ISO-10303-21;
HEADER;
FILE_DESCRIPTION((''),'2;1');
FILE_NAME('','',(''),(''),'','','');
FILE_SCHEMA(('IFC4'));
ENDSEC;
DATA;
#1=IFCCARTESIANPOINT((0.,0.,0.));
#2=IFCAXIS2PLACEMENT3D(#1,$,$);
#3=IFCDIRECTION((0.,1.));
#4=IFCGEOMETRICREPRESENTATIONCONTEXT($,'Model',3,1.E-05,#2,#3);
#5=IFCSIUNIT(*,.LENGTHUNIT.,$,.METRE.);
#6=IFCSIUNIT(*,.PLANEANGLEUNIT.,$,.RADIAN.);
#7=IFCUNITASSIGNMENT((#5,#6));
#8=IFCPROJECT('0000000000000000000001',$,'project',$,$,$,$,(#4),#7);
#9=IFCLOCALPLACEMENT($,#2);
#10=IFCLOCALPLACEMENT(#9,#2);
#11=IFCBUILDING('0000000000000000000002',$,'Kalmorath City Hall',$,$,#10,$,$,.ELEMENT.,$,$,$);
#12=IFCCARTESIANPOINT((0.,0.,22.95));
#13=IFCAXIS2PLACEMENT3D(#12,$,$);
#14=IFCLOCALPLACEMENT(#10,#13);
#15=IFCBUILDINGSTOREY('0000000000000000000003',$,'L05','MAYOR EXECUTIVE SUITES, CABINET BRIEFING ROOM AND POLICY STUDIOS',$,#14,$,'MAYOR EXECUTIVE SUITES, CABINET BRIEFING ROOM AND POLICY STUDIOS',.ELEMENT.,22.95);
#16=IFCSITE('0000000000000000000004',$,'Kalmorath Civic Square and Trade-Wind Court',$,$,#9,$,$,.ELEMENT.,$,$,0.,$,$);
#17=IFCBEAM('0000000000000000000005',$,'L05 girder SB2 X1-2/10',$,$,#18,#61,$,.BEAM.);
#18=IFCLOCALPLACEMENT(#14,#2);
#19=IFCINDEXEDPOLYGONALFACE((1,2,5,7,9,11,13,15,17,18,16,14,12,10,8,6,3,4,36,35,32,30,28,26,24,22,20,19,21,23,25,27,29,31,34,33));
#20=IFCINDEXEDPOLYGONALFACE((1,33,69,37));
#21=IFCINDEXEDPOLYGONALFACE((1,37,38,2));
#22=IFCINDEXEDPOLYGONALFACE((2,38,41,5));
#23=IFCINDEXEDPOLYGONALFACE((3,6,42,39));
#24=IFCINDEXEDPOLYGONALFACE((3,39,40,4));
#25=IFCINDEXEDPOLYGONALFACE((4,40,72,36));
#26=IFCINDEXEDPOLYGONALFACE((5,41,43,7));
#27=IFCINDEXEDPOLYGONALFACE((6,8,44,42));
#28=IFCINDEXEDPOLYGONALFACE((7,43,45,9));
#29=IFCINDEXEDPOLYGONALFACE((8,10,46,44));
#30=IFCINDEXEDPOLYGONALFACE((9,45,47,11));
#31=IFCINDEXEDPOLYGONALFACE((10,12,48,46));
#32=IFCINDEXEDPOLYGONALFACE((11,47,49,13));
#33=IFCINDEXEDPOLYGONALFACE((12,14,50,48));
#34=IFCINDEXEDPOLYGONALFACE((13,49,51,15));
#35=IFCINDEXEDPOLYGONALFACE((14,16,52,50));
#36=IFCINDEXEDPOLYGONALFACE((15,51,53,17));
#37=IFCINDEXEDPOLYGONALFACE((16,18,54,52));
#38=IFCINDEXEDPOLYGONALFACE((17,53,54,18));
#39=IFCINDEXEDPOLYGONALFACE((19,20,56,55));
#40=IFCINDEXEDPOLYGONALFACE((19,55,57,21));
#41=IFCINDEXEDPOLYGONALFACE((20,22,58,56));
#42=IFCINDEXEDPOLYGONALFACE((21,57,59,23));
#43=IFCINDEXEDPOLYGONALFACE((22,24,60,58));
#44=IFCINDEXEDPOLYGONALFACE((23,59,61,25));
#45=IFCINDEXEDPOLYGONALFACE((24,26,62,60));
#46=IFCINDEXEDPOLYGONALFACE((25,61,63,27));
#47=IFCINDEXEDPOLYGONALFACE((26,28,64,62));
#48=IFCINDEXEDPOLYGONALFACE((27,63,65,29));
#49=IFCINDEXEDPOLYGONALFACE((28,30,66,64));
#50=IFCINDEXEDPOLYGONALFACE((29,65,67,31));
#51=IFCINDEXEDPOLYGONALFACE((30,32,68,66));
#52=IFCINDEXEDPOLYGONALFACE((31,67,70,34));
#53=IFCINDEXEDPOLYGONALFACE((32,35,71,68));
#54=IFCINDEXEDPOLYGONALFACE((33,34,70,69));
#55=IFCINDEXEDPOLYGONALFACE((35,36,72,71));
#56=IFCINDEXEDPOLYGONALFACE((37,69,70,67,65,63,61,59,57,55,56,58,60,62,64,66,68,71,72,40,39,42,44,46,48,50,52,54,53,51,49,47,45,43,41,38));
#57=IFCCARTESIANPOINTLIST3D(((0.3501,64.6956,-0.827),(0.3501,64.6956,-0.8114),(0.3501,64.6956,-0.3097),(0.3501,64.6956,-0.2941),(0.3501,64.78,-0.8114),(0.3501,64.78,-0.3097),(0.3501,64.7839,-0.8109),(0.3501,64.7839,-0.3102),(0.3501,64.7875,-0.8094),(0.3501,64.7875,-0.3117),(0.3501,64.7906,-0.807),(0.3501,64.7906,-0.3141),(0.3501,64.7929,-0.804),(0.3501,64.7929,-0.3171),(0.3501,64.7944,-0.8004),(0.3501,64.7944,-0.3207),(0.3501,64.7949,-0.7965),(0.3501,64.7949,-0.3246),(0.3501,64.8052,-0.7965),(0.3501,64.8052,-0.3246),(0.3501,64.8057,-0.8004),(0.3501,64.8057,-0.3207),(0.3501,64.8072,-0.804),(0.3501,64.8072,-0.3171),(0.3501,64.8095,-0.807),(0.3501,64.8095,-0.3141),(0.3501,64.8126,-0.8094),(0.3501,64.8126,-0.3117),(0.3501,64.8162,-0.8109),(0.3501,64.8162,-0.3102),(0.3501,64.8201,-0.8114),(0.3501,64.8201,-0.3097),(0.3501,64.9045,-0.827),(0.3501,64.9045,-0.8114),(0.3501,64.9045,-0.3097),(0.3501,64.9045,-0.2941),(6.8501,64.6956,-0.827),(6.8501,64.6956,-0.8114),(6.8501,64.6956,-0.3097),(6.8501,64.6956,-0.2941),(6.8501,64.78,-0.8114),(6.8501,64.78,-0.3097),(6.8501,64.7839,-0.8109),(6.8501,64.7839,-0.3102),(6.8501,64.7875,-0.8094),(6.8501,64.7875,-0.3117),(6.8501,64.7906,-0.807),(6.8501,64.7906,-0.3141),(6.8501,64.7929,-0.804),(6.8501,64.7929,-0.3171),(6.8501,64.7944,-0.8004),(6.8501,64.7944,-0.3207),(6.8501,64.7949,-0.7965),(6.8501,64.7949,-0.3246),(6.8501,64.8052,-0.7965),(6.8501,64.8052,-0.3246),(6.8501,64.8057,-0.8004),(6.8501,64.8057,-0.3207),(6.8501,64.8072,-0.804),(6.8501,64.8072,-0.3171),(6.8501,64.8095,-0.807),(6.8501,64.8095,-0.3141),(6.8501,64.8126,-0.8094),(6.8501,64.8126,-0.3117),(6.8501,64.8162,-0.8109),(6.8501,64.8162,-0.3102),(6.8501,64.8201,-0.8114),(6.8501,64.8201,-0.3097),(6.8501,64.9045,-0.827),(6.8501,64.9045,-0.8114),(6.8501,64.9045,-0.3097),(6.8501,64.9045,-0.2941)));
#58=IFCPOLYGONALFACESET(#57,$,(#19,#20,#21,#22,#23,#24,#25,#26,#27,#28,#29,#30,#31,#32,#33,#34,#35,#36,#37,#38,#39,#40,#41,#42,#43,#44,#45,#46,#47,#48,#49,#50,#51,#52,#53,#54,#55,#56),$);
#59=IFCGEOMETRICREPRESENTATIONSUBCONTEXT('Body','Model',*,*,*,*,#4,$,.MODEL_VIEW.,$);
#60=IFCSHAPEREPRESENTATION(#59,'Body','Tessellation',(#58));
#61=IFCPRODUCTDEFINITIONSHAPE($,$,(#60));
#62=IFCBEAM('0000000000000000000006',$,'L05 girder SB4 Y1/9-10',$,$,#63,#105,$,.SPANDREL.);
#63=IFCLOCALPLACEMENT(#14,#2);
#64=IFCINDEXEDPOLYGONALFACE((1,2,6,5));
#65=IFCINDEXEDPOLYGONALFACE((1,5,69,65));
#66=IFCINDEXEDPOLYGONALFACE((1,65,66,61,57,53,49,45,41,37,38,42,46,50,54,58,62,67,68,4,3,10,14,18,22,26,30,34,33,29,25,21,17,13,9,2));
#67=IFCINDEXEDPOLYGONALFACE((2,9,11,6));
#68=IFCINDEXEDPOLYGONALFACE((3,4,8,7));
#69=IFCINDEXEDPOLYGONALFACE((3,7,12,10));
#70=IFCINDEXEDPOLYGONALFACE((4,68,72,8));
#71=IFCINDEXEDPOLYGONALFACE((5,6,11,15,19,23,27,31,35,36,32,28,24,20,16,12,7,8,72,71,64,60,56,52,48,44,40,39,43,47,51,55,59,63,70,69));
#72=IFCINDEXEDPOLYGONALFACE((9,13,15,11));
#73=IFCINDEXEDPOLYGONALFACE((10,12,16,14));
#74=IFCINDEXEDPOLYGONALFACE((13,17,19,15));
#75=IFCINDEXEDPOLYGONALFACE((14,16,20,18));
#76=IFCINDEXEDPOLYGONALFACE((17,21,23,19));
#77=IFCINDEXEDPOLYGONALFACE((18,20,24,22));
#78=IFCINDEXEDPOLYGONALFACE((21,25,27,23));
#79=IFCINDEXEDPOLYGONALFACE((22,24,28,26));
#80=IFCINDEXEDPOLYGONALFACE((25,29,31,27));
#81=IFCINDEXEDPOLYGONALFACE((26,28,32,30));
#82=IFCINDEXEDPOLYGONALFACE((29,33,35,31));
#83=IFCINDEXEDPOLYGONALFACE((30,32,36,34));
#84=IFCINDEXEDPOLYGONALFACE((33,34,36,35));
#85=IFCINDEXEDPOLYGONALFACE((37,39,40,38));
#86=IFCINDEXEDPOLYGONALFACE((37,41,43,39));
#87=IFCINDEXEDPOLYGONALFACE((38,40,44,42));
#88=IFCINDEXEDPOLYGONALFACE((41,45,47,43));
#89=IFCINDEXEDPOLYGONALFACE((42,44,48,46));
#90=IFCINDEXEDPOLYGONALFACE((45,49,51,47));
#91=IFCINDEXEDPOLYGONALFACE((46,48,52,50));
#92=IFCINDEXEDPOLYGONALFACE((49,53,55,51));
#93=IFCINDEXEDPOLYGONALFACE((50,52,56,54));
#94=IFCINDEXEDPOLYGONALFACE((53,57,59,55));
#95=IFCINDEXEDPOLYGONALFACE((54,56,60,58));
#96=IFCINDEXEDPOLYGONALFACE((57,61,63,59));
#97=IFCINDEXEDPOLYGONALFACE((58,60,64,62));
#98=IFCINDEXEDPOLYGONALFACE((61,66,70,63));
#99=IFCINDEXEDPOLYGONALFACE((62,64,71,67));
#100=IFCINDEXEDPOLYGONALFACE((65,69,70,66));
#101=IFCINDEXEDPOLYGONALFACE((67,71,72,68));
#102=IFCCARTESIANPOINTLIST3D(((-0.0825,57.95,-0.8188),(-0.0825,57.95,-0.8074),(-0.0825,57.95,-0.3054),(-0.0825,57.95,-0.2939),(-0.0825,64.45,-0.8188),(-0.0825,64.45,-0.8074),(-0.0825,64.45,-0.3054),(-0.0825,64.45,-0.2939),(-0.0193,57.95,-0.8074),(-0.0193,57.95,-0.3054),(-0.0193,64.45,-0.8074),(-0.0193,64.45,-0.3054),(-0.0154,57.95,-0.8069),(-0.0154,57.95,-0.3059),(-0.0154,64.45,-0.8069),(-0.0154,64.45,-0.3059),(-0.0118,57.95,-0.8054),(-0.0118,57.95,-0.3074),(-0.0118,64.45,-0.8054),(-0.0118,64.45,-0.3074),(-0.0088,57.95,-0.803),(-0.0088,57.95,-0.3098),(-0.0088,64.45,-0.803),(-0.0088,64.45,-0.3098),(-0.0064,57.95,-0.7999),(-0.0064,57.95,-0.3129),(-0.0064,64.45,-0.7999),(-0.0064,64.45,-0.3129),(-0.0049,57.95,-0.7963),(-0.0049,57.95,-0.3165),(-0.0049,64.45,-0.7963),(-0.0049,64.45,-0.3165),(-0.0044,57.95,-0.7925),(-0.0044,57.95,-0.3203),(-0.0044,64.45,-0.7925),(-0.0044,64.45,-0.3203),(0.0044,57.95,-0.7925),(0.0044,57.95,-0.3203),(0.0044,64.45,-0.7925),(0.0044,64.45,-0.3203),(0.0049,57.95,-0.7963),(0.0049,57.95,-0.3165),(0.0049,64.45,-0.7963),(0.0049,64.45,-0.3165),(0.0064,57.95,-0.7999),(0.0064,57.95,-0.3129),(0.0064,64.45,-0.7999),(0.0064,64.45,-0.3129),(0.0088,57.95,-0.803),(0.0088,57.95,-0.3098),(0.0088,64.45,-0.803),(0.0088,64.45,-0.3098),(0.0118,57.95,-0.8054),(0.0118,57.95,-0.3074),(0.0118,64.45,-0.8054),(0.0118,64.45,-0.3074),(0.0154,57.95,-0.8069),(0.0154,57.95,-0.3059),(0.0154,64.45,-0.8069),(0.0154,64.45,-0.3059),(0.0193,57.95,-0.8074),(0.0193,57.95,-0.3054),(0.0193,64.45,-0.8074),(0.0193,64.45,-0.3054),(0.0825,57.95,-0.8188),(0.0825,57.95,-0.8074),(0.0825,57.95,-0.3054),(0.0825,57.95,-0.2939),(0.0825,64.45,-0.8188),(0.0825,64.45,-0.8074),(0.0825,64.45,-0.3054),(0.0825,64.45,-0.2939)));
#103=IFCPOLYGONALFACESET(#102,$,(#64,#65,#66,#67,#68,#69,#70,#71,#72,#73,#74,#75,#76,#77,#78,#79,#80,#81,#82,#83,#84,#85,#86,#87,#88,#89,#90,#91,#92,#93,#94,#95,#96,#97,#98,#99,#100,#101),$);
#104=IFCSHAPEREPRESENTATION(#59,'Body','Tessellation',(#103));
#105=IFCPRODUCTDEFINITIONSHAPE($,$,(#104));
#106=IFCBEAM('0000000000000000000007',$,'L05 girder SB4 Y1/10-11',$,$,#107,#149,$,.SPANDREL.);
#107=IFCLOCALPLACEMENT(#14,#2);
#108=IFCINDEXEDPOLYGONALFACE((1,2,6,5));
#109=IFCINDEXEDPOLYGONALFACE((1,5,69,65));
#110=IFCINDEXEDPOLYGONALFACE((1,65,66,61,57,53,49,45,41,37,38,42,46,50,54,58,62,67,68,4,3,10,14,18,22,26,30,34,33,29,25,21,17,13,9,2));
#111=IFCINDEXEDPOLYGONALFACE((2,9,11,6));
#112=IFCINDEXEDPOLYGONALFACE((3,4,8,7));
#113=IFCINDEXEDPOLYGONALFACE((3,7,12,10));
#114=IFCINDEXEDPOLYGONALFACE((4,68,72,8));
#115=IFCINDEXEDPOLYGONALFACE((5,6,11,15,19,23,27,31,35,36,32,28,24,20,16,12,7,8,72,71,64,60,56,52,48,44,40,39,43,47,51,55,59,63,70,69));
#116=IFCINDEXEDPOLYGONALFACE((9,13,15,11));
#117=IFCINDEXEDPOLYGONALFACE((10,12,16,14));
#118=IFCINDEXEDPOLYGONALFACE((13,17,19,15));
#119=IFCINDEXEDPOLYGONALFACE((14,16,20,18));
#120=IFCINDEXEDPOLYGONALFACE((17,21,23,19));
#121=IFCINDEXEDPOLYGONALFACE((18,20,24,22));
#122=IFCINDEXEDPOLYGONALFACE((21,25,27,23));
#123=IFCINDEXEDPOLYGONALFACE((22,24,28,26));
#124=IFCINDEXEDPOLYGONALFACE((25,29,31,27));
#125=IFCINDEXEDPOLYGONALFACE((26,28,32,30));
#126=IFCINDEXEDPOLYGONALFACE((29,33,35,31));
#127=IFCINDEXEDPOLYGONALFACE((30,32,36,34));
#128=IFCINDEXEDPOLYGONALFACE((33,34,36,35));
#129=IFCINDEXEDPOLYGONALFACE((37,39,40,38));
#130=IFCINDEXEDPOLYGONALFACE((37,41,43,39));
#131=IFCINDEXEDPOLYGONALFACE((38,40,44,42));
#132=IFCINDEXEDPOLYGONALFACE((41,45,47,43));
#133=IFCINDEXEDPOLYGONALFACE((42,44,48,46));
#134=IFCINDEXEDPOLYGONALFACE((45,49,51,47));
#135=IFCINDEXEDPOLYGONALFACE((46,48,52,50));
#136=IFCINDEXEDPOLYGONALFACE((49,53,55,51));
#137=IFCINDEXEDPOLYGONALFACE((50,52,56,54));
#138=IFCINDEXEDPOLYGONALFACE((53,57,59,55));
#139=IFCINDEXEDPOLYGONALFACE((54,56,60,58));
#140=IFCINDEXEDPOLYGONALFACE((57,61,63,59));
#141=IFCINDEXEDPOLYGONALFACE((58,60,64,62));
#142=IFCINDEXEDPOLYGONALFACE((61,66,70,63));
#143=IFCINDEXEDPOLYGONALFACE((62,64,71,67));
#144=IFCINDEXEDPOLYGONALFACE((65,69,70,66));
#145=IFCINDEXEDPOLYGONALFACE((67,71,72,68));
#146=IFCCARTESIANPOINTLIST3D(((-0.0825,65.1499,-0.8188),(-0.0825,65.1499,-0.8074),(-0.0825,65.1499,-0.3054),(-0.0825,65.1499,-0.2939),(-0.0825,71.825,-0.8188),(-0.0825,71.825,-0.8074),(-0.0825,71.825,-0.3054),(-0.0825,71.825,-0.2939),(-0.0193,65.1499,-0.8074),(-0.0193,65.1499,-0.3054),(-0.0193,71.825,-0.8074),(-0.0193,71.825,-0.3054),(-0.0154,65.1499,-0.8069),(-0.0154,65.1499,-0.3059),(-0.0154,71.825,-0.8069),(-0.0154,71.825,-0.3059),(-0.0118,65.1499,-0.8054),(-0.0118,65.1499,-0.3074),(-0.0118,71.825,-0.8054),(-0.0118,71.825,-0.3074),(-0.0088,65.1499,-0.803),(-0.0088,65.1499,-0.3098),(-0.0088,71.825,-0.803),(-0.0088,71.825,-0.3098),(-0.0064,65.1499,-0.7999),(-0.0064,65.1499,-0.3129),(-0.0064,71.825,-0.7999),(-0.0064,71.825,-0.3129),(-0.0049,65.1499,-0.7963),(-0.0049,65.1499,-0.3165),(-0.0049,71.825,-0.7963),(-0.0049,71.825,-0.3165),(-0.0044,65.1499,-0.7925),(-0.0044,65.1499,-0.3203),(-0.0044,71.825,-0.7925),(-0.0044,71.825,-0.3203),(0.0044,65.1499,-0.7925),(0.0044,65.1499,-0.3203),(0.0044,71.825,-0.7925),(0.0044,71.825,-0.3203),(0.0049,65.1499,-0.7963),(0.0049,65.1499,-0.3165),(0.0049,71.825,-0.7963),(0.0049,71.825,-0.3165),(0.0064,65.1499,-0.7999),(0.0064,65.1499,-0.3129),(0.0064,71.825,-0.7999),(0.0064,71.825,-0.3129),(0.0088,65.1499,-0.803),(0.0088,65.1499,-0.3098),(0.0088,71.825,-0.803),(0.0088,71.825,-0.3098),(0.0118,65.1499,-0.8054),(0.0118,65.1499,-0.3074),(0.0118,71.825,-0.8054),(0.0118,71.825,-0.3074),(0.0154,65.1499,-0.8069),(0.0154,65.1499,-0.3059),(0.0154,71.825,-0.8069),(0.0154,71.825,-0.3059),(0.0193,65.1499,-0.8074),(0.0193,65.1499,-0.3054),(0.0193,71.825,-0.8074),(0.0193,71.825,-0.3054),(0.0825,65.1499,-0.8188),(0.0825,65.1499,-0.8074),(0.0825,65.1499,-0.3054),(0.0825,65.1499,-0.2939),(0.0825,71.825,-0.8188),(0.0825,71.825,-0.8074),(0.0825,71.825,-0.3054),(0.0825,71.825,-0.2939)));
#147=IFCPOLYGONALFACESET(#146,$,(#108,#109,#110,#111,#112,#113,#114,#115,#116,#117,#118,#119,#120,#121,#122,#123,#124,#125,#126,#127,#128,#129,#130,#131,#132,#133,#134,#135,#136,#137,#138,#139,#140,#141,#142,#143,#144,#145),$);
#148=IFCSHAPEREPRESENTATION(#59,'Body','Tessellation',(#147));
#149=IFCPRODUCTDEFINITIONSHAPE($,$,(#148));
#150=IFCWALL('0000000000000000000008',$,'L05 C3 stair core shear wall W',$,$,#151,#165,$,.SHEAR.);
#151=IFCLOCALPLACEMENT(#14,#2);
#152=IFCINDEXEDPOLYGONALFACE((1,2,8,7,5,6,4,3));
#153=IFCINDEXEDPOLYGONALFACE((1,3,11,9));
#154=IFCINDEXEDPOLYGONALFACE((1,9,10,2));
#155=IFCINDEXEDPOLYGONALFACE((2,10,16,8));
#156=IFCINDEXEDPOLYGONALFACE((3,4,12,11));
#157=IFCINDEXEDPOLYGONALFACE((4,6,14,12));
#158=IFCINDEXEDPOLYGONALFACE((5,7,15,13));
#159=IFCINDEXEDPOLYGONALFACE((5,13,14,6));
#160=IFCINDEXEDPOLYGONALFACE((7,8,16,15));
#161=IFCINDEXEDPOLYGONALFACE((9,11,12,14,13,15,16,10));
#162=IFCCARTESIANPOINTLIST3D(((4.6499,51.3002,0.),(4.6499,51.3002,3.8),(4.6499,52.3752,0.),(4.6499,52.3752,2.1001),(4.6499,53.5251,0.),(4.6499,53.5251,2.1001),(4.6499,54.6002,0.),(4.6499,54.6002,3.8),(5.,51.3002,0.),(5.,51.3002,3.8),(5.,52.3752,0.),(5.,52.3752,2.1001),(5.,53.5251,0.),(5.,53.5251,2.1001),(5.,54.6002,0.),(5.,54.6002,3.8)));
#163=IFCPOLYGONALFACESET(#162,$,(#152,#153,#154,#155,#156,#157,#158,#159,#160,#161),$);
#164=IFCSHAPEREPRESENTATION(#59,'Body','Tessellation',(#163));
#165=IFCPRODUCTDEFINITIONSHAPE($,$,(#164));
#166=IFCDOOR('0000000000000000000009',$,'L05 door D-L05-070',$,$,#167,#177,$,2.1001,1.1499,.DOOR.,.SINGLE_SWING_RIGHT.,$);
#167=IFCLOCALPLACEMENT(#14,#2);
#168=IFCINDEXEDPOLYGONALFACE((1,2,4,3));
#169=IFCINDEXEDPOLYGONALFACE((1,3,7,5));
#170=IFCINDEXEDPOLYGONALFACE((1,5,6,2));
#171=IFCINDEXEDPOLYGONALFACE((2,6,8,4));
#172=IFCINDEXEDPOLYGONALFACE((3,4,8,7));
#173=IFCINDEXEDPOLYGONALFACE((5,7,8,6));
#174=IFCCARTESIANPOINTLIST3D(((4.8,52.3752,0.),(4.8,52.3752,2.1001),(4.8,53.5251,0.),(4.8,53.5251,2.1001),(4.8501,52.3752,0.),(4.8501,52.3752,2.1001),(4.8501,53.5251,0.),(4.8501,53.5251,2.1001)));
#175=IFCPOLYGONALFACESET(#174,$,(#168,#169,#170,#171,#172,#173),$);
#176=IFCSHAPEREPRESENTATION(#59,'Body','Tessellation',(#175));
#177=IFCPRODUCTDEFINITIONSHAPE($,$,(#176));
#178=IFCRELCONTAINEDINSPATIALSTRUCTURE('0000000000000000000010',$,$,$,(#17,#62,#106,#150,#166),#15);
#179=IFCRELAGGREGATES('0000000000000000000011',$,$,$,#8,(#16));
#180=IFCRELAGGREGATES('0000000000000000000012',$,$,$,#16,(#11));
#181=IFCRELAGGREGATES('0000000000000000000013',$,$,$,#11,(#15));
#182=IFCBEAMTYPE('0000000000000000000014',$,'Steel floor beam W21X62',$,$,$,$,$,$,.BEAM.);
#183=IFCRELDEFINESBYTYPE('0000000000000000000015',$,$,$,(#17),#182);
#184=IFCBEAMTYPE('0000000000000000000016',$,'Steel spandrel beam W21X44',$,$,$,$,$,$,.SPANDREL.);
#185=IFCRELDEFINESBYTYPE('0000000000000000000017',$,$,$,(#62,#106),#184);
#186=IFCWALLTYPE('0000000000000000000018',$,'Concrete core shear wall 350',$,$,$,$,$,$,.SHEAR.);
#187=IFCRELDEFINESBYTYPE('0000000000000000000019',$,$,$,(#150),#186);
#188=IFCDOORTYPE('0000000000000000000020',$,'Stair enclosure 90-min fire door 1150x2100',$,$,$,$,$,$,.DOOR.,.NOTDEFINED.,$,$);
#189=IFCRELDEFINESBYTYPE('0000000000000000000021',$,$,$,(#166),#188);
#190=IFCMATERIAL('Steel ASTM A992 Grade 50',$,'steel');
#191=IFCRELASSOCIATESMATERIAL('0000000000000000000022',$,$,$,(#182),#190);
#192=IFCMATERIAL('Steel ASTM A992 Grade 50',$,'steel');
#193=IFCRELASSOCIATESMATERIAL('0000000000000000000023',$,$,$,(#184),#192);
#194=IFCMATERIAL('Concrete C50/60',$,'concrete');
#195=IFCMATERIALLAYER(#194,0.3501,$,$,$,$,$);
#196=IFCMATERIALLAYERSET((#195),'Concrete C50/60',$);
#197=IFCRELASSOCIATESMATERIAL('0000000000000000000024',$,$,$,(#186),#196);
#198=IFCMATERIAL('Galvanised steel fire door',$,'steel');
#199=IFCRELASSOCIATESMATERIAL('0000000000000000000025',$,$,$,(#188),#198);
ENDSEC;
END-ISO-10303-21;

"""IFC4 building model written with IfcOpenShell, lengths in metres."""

from ifc_helpers import new_model, si_unit, direction, frame, frame_2d, origin, origin_2d, place, context, subcontext, project, spatial, rectangle, i_section, extrude, material, layer, layer_set, material_profile, profile_set, type_object, element, fill, save


model = new_model("IFC4")

# Units and contexts
model_context = context("Model", 3, precision=1e-05, world=origin(), true_north=direction((0.0, 1.0)))
body_context = subcontext(model_context, "Body", "Model", "MODEL_VIEW")
ifc_project = project(units=[si_unit("LENGTHUNIT", "METRE"), si_unit("PLANEANGLEUNIT", "RADIAN")], contexts=[model_context])

# Site, building, storey
site_placement = place(None, origin())
site = spatial("IfcSite", under=ifc_project, at=site_placement, Name="Kalmorath Civic Square and Trade-Wind Court", CompositionType="ELEMENT", RefElevation=0.0)
building_placement = place(site_placement, origin())
building = spatial("IfcBuilding", under=site, at=building_placement, Name="Kalmorath City Hall", CompositionType="ELEMENT")
storey_placement = place(building_placement, frame((0.0, 0.0, 22.95)))
storey = spatial("IfcBuildingStorey", under=building, at=storey_placement, Name="L05", Description="MAYOR EXECUTIVE SUITES, CABINET BRIEFING ROOM AND POLICY STUDIOS", LongName="MAYOR EXECUTIVE SUITES, CABINET BRIEFING ROOM AND POLICY STUDIOS", CompositionType="ELEMENT", Elevation=22.95)

# Beams
ifc_material_1 = material(Name="Steel ASTM A992 Grade 50", Category="steel")
ifc_material_profile_1 = material_profile(ifc_material_1, i_section(OverallWidth=0.209, OverallDepth=0.533, WebThickness=0.0103, FlangeThickness=0.0156, FilletRadius=0.0149, at=origin_2d()), Name="W21X62")
ifc_profile_set_1 = profile_set([ifc_material_profile_1], Name="Steel ASTM A992 Grade 50")
beam_type_1 = type_object("IfcBeamType", Name="Steel floor beam W21X62", PredefinedType="BEAM", material=ifc_profile_set_1)
for number, where, z_axis, x_axis, name in (
    (1, (0.3501, 64.8, -0.5605), (1.0, 0.0, 0.0), (0.0, 1.0, 0.0), "L05 girder SB2 X1-2/10"),
):
    element("IfcBeam", number, at=place(storey_placement, frame(where, z_axis=z_axis, x_axis=x_axis)), inside=storey, type_object=beam_type_1, Name=name, PredefinedType="BEAM", context=body_context, shape_type="SweptSolid", body=[
        extrude(i_section(OverallWidth=0.209, OverallDepth=0.533, WebThickness=0.0103, FlangeThickness=0.0156, FilletRadius=0.0149, at=origin_2d()), origin(), (0.0, 0.0, 1.0), 6.5),
    ])
ifc_material_2 = material(Name="Steel ASTM A992 Grade 50", Category="steel")
ifc_material_profile_2 = material_profile(ifc_material_2, i_section(OverallWidth=0.165, OverallDepth=0.5249, WebThickness=0.0088, FlangeThickness=0.0115, FilletRadius=0.0149, at=origin_2d()), Name="W21X44")
ifc_profile_set_2 = profile_set([ifc_material_profile_2], Name="Steel ASTM A992 Grade 50")
beam_type_2 = type_object("IfcBeamType", Name="Steel spandrel beam W21X44", PredefinedType="SPANDREL", material=ifc_profile_set_2)
beam_1_placement = place(storey_placement, frame((0.0, 57.95, -0.5564), z_axis=(0.0, 1.0, 0.0), x_axis=(-1.0, 0.0, 0.0)))
element("IfcBeam", 2, at=beam_1_placement, inside=storey, type_object=beam_type_2, Name="L05 girder SB4 Y1/9-10", PredefinedType="SPANDREL", context=body_context, shape_type="SweptSolid", body=[
    extrude(i_section(OverallWidth=0.165, OverallDepth=0.5249, WebThickness=0.0088, FlangeThickness=0.0115, FilletRadius=0.0149, at=origin_2d()), origin(), (0.0, 0.0, 1.0), 6.5),
])
beam_2_placement = place(storey_placement, frame((0.0, 65.1499, -0.5564), z_axis=(0.0, 1.0, 0.0), x_axis=(-1.0, 0.0, 0.0)))
element("IfcBeam", 3, at=beam_2_placement, inside=storey, type_object=beam_type_2, Name="L05 girder SB4 Y1/10-11", PredefinedType="SPANDREL", context=body_context, shape_type="SweptSolid", body=[
    extrude(i_section(OverallWidth=0.165, OverallDepth=0.5249, WebThickness=0.0088, FlangeThickness=0.0115, FilletRadius=0.0149, at=origin_2d()), origin(), (0.0, 0.0, 1.0), 6.675),
])

# Wall, opening, door
ifc_material_3 = material(Name="Concrete C50/60", Category="concrete")
ifc_layer_1 = layer(ifc_material_3, 0.3501)
ifc_layer_set_1 = layer_set([ifc_layer_1], Name="Concrete C50/60")
wall_type_1 = type_object("IfcWallType", Name="Concrete core shear wall 350", PredefinedType="SHEAR", material=ifc_layer_set_1)
wall_1_placement = place(storey_placement, frame((4.825, 54.6001, 0.0), z_axis=(0.0, 0.0, 1.0), x_axis=(0.0, -1.0, 0.0)))
wall_1 = element("IfcWall", 4, at=wall_1_placement, inside=storey, type_object=wall_type_1, Name="L05 C3 stair core shear wall W", PredefinedType="SHEAR", context=body_context, shape_type="SweptSolid", body=[
    extrude(rectangle(XDim=3.3, YDim=0.3501, at=frame_2d((1.6499, 0.0))), origin(), (0.0, 0.0, 1.0), 3.8),
])
opening_1_placement = place(wall_1_placement, frame((1.075, 0.0, 0.0)))
opening_1 = element("IfcOpeningElement", 5, at=opening_1_placement, cuts=wall_1, PredefinedType="OPENING", context=body_context, shape_type="SweptSolid", body=[
    extrude(rectangle(XDim=1.1499, YDim=2.1001, at=frame_2d((0.575, 1.05))), frame((0.0, 0.1851, 0.0), z_axis=(0.0, -1.0, 0.0), x_axis=(1.0, 0.0, 0.0)), (0.0, 0.0, 1.0), 0.3701),
])
ifc_material_4 = material(Name="Galvanised steel fire door", Category="steel")
door_type = type_object("IfcDoorType", Name="Stair enclosure 90-min fire door 1150x2100", OperationType="NOTDEFINED", PredefinedType="DOOR", material=ifc_material_4)
door_placement = place(opening_1_placement, frame((1.1499, 0.0, 0.0), z_axis=(0.0, 0.0, 1.0), x_axis=(-1.0, 0.0, 0.0)))
door = element("IfcDoor", 6, at=door_placement, inside=storey, type_object=door_type, Name="L05 door D-L05-070", OperationType="SINGLE_SWING_RIGHT", OverallHeight=2.1001, OverallWidth=1.1499, PredefinedType="DOOR", context=body_context, shape_type="SweptSolid", body=[
    extrude(rectangle(XDim=1.1499, YDim=2.1001, at=frame_2d((0.575, 1.05))), frame((0.0, 0.0249, 0.0), z_axis=(0.0, -1.0, 0.0), x_axis=(1.0, 0.0, 0.0)), (0.0, 0.0, 1.0), 0.05),
])
fill(opening_1, door)

save(model, "model.ifc")
